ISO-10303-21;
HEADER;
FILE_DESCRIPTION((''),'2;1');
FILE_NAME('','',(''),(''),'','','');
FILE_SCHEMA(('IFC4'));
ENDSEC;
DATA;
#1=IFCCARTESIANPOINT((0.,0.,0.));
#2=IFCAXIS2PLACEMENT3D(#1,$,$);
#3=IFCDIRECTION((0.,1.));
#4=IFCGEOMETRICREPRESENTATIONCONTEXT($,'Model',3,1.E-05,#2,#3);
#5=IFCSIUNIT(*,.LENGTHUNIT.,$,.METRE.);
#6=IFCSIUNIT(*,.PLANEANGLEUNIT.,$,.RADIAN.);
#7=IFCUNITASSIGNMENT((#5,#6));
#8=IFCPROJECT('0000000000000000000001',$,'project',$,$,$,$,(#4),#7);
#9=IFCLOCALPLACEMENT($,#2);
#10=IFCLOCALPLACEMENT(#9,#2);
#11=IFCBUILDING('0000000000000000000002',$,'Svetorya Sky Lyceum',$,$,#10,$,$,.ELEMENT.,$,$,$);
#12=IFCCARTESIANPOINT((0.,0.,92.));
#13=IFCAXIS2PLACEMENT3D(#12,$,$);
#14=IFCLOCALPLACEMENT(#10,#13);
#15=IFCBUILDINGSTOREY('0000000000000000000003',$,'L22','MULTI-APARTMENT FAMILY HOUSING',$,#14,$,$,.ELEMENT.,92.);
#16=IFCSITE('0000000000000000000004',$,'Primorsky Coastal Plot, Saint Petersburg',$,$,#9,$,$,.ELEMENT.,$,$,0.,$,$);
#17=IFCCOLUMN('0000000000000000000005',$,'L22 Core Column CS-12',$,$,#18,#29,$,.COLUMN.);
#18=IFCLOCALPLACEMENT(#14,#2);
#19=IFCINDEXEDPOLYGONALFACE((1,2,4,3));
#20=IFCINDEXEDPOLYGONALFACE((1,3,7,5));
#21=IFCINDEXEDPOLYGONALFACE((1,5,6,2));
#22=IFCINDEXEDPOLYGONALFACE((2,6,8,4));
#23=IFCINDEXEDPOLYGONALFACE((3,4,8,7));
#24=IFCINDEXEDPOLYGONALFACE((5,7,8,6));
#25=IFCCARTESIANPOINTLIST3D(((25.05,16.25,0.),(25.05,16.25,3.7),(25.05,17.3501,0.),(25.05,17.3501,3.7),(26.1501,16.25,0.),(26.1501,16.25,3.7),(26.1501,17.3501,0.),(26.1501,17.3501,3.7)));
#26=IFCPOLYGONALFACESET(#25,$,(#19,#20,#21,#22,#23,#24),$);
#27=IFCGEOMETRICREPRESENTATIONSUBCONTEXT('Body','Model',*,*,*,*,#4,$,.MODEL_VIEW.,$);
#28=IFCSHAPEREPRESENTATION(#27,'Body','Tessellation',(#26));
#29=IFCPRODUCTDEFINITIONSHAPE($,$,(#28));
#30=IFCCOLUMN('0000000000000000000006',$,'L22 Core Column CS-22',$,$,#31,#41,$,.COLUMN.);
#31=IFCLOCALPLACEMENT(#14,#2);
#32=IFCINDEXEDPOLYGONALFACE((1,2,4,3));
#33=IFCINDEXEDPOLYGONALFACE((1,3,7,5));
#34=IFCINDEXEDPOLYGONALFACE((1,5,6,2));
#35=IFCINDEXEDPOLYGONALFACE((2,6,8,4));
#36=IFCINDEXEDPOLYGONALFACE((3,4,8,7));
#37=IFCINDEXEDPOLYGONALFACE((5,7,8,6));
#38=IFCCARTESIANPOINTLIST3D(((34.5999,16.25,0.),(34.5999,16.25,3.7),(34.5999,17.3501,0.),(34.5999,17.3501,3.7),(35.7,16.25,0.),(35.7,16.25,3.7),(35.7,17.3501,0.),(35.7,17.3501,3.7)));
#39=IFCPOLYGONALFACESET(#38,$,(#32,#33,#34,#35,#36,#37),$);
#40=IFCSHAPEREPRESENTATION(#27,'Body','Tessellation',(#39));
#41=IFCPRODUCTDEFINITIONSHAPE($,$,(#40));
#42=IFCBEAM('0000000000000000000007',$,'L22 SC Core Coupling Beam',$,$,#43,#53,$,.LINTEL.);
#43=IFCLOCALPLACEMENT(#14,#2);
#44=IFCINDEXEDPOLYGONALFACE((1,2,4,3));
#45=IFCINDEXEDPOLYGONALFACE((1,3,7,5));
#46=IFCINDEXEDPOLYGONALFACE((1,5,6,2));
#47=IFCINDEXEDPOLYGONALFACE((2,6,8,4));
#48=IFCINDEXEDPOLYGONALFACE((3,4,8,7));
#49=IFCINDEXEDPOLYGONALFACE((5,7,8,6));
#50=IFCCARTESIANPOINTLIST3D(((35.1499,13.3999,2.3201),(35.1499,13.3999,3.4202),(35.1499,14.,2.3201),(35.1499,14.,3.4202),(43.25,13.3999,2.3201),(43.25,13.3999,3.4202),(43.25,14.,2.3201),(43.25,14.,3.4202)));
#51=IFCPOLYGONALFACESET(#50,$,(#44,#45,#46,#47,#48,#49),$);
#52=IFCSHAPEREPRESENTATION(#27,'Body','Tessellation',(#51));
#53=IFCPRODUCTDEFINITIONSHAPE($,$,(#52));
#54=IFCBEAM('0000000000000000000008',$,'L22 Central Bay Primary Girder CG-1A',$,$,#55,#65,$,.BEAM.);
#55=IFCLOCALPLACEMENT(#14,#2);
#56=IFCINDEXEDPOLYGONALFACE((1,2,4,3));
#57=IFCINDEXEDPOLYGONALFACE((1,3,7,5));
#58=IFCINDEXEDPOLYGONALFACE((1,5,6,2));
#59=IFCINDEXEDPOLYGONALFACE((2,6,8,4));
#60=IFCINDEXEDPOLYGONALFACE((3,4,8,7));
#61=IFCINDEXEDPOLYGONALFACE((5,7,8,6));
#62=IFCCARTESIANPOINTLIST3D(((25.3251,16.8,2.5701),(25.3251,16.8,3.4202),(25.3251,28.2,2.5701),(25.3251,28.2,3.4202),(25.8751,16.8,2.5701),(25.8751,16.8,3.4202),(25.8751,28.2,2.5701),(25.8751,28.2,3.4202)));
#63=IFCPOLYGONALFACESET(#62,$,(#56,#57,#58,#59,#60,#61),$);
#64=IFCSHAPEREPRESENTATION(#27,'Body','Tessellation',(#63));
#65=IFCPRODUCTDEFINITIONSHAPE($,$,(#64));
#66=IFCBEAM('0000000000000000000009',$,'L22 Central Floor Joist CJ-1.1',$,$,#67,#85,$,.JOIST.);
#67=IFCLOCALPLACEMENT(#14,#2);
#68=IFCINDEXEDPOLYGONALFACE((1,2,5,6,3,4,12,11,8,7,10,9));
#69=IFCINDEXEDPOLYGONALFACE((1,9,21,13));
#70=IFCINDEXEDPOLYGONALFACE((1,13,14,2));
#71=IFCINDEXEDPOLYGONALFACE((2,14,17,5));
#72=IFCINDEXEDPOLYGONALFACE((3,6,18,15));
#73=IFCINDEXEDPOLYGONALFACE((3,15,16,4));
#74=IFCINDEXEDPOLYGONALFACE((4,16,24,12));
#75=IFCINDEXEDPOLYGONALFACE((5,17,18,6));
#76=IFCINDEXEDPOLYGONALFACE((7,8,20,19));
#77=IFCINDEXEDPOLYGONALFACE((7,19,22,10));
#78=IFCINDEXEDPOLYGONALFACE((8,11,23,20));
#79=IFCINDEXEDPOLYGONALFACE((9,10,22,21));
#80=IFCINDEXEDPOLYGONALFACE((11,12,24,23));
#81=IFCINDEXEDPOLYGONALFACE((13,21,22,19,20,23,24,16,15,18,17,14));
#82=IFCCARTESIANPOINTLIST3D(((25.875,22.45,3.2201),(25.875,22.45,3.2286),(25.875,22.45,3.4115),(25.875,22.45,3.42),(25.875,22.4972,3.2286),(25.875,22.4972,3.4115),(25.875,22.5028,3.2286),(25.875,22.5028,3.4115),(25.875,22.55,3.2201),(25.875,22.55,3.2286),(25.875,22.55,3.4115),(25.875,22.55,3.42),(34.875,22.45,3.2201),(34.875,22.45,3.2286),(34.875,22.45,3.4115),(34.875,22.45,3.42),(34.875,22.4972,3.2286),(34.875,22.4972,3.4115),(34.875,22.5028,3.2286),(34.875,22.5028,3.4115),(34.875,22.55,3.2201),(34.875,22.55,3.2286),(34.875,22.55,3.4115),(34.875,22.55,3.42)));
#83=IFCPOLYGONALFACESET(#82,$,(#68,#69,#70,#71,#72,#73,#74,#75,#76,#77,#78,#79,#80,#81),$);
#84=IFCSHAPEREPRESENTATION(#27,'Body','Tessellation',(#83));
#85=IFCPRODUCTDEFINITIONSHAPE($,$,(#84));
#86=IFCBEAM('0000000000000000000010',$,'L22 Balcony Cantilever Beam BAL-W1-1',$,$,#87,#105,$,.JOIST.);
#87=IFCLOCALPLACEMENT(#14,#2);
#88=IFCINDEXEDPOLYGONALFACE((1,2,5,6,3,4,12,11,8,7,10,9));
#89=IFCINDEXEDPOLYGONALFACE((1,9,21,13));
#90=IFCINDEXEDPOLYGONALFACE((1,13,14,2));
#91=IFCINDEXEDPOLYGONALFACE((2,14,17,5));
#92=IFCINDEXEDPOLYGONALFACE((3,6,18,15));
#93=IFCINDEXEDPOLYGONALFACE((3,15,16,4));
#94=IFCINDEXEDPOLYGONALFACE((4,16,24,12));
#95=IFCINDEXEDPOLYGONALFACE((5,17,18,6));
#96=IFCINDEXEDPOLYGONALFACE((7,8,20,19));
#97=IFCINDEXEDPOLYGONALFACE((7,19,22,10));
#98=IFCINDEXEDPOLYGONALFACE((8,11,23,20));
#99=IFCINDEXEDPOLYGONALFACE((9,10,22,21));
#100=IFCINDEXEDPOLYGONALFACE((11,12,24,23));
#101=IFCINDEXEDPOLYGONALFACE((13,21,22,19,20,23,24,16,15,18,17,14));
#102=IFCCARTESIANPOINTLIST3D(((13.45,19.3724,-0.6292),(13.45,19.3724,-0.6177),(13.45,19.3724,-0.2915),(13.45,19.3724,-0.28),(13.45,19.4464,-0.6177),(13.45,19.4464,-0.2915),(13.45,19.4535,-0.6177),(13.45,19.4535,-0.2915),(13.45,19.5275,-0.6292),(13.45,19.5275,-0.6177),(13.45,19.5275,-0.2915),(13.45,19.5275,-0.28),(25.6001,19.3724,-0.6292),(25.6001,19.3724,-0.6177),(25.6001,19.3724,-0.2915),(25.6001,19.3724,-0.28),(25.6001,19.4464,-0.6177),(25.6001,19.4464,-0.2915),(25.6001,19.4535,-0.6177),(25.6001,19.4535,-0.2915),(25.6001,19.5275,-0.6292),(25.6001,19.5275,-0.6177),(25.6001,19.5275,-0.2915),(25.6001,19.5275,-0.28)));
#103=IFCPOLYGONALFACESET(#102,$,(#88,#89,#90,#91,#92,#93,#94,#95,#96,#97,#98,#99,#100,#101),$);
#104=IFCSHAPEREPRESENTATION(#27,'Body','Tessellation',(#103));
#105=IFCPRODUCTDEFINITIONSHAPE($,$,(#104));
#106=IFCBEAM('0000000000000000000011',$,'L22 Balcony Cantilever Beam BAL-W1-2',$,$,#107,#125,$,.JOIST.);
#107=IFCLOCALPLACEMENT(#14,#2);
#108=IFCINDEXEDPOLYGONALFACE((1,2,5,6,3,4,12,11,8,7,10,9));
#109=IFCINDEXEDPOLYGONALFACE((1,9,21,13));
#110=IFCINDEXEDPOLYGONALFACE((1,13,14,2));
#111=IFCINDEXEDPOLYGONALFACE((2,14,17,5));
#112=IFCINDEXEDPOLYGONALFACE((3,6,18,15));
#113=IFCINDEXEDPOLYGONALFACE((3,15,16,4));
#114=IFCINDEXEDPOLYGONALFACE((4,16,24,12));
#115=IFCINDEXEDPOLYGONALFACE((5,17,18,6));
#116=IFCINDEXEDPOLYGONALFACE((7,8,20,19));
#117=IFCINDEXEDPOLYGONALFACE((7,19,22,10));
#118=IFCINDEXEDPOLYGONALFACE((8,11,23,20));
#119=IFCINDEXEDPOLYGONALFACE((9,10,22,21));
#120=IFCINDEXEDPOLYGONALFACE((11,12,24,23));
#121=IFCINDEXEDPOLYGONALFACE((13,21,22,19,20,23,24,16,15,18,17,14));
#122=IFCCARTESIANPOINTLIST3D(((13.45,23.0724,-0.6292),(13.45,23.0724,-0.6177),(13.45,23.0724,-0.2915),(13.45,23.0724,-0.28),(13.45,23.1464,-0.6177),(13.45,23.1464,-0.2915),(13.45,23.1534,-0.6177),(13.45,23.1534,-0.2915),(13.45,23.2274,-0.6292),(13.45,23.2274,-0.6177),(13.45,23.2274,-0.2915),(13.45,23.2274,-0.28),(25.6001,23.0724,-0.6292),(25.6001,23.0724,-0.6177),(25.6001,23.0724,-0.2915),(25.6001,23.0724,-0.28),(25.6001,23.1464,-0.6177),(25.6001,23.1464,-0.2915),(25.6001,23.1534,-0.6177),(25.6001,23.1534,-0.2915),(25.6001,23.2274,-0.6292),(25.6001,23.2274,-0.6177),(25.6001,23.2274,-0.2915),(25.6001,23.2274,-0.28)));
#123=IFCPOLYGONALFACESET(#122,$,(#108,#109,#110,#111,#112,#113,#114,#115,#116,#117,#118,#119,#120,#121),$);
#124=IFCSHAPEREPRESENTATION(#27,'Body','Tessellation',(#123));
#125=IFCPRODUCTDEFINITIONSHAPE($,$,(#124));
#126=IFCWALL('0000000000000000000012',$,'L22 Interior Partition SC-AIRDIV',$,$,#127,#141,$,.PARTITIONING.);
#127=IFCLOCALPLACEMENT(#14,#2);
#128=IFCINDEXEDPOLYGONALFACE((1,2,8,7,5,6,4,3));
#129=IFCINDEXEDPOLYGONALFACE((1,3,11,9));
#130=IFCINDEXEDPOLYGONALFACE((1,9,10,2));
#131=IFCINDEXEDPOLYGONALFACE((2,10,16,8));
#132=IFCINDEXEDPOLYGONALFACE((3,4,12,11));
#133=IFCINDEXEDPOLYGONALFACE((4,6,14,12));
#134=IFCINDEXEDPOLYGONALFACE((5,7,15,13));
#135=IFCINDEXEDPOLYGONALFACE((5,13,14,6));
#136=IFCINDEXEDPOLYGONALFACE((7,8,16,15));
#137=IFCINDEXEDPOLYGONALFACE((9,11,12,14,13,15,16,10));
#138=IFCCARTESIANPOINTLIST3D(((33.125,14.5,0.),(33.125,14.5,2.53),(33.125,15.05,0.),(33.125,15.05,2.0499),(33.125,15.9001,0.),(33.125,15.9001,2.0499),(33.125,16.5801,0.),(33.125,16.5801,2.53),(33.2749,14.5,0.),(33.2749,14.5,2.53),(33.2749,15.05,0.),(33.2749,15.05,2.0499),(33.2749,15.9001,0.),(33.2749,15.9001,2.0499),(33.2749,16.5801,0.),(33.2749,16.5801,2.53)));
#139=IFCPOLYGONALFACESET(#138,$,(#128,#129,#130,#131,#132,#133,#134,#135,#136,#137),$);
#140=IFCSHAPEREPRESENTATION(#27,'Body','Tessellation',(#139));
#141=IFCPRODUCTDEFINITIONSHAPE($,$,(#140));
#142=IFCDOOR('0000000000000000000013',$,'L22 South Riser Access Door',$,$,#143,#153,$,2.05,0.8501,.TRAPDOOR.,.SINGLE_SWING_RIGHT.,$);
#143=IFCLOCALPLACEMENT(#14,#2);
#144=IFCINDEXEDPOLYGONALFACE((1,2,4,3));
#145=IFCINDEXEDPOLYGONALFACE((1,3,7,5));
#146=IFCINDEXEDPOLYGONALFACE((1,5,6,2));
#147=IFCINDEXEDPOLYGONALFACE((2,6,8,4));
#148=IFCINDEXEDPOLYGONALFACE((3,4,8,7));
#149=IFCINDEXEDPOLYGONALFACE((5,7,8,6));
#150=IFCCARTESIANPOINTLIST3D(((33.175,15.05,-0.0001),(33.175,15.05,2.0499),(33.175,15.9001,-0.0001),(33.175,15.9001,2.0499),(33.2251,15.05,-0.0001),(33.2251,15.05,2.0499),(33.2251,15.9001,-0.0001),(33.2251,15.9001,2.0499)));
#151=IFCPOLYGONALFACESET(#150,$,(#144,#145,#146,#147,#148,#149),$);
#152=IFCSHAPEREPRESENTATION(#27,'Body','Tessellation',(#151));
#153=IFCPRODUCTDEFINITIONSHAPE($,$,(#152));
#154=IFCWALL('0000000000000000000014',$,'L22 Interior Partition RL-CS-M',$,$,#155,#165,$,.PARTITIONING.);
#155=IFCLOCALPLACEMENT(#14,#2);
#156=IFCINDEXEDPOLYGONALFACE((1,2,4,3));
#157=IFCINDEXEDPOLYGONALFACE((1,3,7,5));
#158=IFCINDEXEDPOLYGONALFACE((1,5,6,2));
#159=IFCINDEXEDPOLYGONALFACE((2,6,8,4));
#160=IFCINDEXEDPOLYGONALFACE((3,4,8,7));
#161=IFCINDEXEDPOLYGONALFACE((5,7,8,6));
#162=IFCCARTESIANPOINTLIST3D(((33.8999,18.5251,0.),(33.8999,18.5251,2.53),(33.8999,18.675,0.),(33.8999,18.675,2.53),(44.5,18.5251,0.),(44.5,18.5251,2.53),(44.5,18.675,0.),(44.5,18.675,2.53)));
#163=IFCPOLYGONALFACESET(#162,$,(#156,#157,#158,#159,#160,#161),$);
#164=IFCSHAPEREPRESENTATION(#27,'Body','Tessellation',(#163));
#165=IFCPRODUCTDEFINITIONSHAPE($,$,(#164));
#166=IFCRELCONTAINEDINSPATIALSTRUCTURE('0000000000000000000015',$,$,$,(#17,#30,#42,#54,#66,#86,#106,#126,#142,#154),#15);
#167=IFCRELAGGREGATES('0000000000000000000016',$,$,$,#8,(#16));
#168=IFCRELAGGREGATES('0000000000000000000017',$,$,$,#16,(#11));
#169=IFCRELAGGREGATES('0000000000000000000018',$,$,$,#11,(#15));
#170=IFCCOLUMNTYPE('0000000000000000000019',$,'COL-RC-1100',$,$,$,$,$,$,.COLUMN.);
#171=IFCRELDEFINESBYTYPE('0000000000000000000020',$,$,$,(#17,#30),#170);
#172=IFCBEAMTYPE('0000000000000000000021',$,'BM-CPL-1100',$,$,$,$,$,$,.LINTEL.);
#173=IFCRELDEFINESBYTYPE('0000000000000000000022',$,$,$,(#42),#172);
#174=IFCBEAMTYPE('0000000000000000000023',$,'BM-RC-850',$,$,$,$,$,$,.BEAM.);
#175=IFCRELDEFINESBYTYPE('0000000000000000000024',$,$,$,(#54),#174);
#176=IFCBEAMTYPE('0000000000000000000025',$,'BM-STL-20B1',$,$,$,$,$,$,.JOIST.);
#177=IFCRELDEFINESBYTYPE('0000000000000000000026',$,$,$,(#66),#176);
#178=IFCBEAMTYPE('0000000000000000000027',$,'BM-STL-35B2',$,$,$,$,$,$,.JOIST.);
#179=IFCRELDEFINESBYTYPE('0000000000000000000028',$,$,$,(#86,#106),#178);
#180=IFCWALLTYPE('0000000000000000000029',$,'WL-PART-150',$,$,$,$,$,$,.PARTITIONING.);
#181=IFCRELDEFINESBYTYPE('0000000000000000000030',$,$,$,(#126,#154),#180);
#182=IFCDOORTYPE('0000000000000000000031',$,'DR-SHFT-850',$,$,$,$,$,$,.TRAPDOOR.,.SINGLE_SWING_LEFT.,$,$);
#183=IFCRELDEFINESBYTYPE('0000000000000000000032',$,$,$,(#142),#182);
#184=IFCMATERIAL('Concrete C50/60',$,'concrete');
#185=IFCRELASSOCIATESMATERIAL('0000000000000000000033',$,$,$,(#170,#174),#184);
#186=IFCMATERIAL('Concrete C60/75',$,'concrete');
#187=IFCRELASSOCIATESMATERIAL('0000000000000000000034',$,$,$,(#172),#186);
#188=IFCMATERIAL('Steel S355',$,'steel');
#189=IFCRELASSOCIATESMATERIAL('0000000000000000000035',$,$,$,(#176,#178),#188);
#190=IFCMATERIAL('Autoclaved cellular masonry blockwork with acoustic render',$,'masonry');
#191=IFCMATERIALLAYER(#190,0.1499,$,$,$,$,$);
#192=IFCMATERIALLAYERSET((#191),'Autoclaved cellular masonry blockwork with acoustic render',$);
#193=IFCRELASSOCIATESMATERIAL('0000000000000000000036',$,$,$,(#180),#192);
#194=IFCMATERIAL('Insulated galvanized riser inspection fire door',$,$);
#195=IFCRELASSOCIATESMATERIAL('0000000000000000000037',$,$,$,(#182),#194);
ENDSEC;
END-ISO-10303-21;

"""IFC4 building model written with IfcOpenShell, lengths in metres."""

from ifc_helpers import new_model, si_unit, direction, frame, frame_2d, origin, origin_2d, place, context, subcontext, project, spatial, rectangle, i_section, extrude, material, layer, layer_set, material_profile, profile_set, type_object, element, fill, save


model = new_model("IFC4")

# Units and contexts
model_context = context("Model", 3, precision=1e-05, world=origin(), true_north=direction((0.0, 1.0)))
body_context = subcontext(model_context, "Body", "Model", "MODEL_VIEW")
ifc_project = project(units=[si_unit("LENGTHUNIT", "METRE"), si_unit("PLANEANGLEUNIT", "RADIAN")], contexts=[model_context])

# Site, building, storey
site_placement = place(None, origin())
site = spatial("IfcSite", under=ifc_project, at=site_placement, Name="Primorsky Coastal Plot, Saint Petersburg", CompositionType="ELEMENT", RefElevation=0.0)
building_placement = place(site_placement, origin())
building = spatial("IfcBuilding", under=site, at=building_placement, Name="Svetorya Sky Lyceum", CompositionType="ELEMENT")
storey_placement = place(building_placement, frame((0.0, 0.0, 92.0)))
storey = spatial("IfcBuildingStorey", under=building, at=storey_placement, Name="L22", Description="MULTI-APARTMENT FAMILY HOUSING", CompositionType="ELEMENT", Elevation=92.0)

# Columns
ifc_material_1 = material(Name="Concrete C50/60", Category="concrete")
ifc_material_profile_1 = material_profile(ifc_material_1, rectangle(XDim=1.1001, YDim=1.1001, at=origin_2d()), Name="RC COL 1100x1100")
ifc_profile_set_1 = profile_set([ifc_material_profile_1], Name="Concrete C50/60")
column_type = type_object("IfcColumnType", Name="COL-RC-1100", PredefinedType="COLUMN", material=ifc_profile_set_1)
for number, where, z_axis, x_axis, name in (
    (1, (25.6001, 16.8, 0.0), (0.0, 0.0, 1.0), (1.0, 0.0, 0.0), "L22 Core Column CS-12"),
    (2, (35.1499, 16.8, 0.0), (0.0, 0.0, 1.0), (1.0, 0.0, 0.0), "L22 Core Column CS-22"),
):
    element("IfcColumn", number, at=place(storey_placement, frame(where, z_axis=z_axis, x_axis=x_axis)), inside=storey, type_object=column_type, Name=name, PredefinedType="COLUMN", context=body_context, shape_type="SweptSolid", body=[
        extrude(rectangle(XDim=1.1001, YDim=1.1001, at=origin_2d()), origin(), (0.0, 0.0, 1.0), 3.7),
    ])

# Beams
ifc_material_2 = material(Name="Concrete C60/75", Category="concrete")
ifc_material_profile_2 = material_profile(ifc_material_2, rectangle(XDim=0.6001, YDim=1.1001, at=origin_2d()), Name="RC COUPLING 600x1100")
ifc_profile_set_2 = profile_set([ifc_material_profile_2], Name="Concrete C60/75")
beam_type_1 = type_object("IfcBeamType", Name="BM-CPL-1100", PredefinedType="LINTEL", material=ifc_profile_set_2)
beam_1_placement = place(storey_placement, frame((35.1499, 13.7, 2.8701), z_axis=(1.0, 0.0, 0.0), x_axis=(0.0, 1.0, 0.0)))
element("IfcBeam", 3, at=beam_1_placement, inside=storey, type_object=beam_type_1, Name="L22 SC Core Coupling Beam", PredefinedType="LINTEL", context=body_context, shape_type="SweptSolid", body=[
    extrude(rectangle(XDim=0.6001, YDim=1.1001, at=origin_2d()), origin(), (0.0, 0.0, 1.0), 8.1001),
])
ifc_material_profile_3 = material_profile(ifc_material_1, rectangle(XDim=0.55, YDim=0.8501, at=origin_2d()), Name="RC BEAM 550x850")
ifc_profile_set_3 = profile_set([ifc_material_profile_3], Name="Concrete C50/60")
beam_type_2 = type_object("IfcBeamType", Name="BM-RC-850", PredefinedType="BEAM", material=ifc_profile_set_3)
beam_2_placement = place(storey_placement, frame((25.6001, 16.8, 2.9951), z_axis=(0.0, 1.0, 0.0), x_axis=(-1.0, 0.0, 0.0)))
element("IfcBeam", 4, at=beam_2_placement, inside=storey, type_object=beam_type_2, Name="L22 Central Bay Primary Girder CG-1A", PredefinedType="BEAM", context=body_context, shape_type="SweptSolid", body=[
    extrude(rectangle(XDim=0.55, YDim=0.8501, at=origin_2d()), origin(), (0.0, 0.0, 1.0), 11.3999),
])
ifc_material_3 = material(Name="Steel S355", Category="steel")
ifc_material_profile_4 = material_profile(ifc_material_3, i_section(OverallWidth=0.1001, OverallDepth=0.2, WebThickness=0.0056, FlangeThickness=0.0085, at=origin_2d()), Name="GOST 20B1")
ifc_profile_set_4 = profile_set([ifc_material_profile_4], Name="Steel S355")
beam_type_3 = type_object("IfcBeamType", Name="BM-STL-20B1", PredefinedType="JOIST", material=ifc_profile_set_4)
beam_3_placement = place(storey_placement, frame((25.875, 22.5, 3.3201), z_axis=(1.0, 0.0, 0.0), x_axis=(0.0, 1.0, 0.0)))
element("IfcBeam", 5, at=beam_3_placement, inside=storey, type_object=beam_type_3, Name="L22 Central Floor Joist CJ-1.1", PredefinedType="JOIST", context=body_context, shape_type="SweptSolid", body=[
    extrude(i_section(OverallWidth=0.1001, OverallDepth=0.2, WebThickness=0.0056, FlangeThickness=0.0085, at=origin_2d()), origin(), (0.0, 0.0, 1.0), 9.0),
])
ifc_material_profile_5 = material_profile(ifc_material_3, i_section(OverallWidth=0.155, OverallDepth=0.3491, WebThickness=0.0071, FlangeThickness=0.0115, at=origin_2d()), Name="GOST 35B2")
ifc_profile_set_5 = profile_set([ifc_material_profile_5], Name="Steel S355")
beam_type_4 = type_object("IfcBeamType", Name="BM-STL-35B2", PredefinedType="JOIST", material=ifc_profile_set_5)
for number, where, z_axis, x_axis, name in (
    (6, (25.6001, 19.45, -0.4546), (-1.0, 0.0, 0.0), (0.0, -1.0, 0.0), "L22 Balcony Cantilever Beam BAL-W1-1"),
    (7, (25.6001, 23.1499, -0.4546), (-1.0, 0.0, 0.0), (0.0, -1.0, 0.0), "L22 Balcony Cantilever Beam BAL-W1-2"),
):
    element("IfcBeam", number, at=place(storey_placement, frame(where, z_axis=z_axis, x_axis=x_axis)), inside=storey, type_object=beam_type_4, Name=name, PredefinedType="JOIST", context=body_context, shape_type="SweptSolid", body=[
        extrude(i_section(OverallWidth=0.155, OverallDepth=0.3491, WebThickness=0.0071, FlangeThickness=0.0115, at=origin_2d()), origin(), (0.0, 0.0, 1.0), 12.1501),
    ])

# Wall, opening, door
ifc_material_4 = material(Name="Autoclaved cellular masonry blockwork with acoustic render", Category="masonry")
ifc_layer_1 = layer(ifc_material_4, 0.1499)
ifc_layer_set_1 = layer_set([ifc_layer_1], Name="Autoclaved cellular masonry blockwork with acoustic render")
wall_type_1 = type_object("IfcWallType", Name="WL-PART-150", PredefinedType="PARTITIONING", material=ifc_layer_set_1)
wall_1_placement = place(storey_placement, frame((33.2, 14.5, 0.0), z_axis=(0.0, 0.0, 1.0), x_axis=(0.0, 1.0, 0.0)))
wall_1 = element("IfcWall", 8, at=wall_1_placement, inside=storey, type_object=wall_type_1, Name="L22 Interior Partition SC-AIRDIV", PredefinedType="PARTITIONING", context=body_context, shape_type="SweptSolid", body=[
    extrude(rectangle(XDim=2.0801, YDim=0.1499, at=frame_2d((1.04, 0.0))), origin(), (0.0, 0.0, 1.0), 2.53),
])
opening_1_placement = place(wall_1_placement, frame((0.55, 0.0, 0.0)))
opening_1 = element("IfcOpeningElement", 9, at=opening_1_placement, cuts=wall_1, PredefinedType="OPENING", context=body_context, shape_type="SweptSolid", body=[
    extrude(rectangle(XDim=0.8501, YDim=2.05, at=frame_2d((0.425, 1.0249))), frame((0.0, 0.085, 0.0), z_axis=(0.0, -1.0, 0.0), x_axis=(1.0, 0.0, 0.0)), (0.0, 0.0, 1.0), 0.1699),
])
ifc_material_5 = material(Name="Insulated galvanized riser inspection fire door")
door_type_1 = type_object("IfcDoorType", Name="DR-SHFT-850", OperationType="SINGLE_SWING_LEFT", PredefinedType="TRAPDOOR", material=ifc_material_5)
door_1_placement = place(opening_1_placement, origin())
door_1 = element("IfcDoor", 10, at=door_1_placement, inside=storey, type_object=door_type_1, Name="L22 South Riser Access Door", OperationType="SINGLE_SWING_RIGHT", OverallHeight=2.05, OverallWidth=0.8501, PredefinedType="TRAPDOOR", context=body_context, shape_type="SweptSolid", body=[
    extrude(rectangle(XDim=0.8501, YDim=2.05, at=frame_2d((0.425, 1.0249))), frame((0.0, 0.0249, 0.0), z_axis=(0.0, -1.0, 0.0), x_axis=(1.0, 0.0, 0.0)), (0.0, 0.0, 1.0), 0.05),
])
fill(opening_1, door_1)

# Wall
wall_2_placement = place(storey_placement, frame((33.8999, 18.6001, 0.0), z_axis=(0.0, 0.0, 1.0), x_axis=(1.0, 0.0, 0.0)))
element("IfcWall", 11, at=wall_2_placement, inside=storey, type_object=wall_type_1, Name="L22 Interior Partition RL-CS-M", PredefinedType="PARTITIONING", context=body_context, shape_type="SweptSolid", body=[
    extrude(rectangle(XDim=10.6001, YDim=0.1499, at=frame_2d((5.3, 0.0))), origin(), (0.0, 0.0, 1.0), 2.53),
])

save(model, "model.ifc")
